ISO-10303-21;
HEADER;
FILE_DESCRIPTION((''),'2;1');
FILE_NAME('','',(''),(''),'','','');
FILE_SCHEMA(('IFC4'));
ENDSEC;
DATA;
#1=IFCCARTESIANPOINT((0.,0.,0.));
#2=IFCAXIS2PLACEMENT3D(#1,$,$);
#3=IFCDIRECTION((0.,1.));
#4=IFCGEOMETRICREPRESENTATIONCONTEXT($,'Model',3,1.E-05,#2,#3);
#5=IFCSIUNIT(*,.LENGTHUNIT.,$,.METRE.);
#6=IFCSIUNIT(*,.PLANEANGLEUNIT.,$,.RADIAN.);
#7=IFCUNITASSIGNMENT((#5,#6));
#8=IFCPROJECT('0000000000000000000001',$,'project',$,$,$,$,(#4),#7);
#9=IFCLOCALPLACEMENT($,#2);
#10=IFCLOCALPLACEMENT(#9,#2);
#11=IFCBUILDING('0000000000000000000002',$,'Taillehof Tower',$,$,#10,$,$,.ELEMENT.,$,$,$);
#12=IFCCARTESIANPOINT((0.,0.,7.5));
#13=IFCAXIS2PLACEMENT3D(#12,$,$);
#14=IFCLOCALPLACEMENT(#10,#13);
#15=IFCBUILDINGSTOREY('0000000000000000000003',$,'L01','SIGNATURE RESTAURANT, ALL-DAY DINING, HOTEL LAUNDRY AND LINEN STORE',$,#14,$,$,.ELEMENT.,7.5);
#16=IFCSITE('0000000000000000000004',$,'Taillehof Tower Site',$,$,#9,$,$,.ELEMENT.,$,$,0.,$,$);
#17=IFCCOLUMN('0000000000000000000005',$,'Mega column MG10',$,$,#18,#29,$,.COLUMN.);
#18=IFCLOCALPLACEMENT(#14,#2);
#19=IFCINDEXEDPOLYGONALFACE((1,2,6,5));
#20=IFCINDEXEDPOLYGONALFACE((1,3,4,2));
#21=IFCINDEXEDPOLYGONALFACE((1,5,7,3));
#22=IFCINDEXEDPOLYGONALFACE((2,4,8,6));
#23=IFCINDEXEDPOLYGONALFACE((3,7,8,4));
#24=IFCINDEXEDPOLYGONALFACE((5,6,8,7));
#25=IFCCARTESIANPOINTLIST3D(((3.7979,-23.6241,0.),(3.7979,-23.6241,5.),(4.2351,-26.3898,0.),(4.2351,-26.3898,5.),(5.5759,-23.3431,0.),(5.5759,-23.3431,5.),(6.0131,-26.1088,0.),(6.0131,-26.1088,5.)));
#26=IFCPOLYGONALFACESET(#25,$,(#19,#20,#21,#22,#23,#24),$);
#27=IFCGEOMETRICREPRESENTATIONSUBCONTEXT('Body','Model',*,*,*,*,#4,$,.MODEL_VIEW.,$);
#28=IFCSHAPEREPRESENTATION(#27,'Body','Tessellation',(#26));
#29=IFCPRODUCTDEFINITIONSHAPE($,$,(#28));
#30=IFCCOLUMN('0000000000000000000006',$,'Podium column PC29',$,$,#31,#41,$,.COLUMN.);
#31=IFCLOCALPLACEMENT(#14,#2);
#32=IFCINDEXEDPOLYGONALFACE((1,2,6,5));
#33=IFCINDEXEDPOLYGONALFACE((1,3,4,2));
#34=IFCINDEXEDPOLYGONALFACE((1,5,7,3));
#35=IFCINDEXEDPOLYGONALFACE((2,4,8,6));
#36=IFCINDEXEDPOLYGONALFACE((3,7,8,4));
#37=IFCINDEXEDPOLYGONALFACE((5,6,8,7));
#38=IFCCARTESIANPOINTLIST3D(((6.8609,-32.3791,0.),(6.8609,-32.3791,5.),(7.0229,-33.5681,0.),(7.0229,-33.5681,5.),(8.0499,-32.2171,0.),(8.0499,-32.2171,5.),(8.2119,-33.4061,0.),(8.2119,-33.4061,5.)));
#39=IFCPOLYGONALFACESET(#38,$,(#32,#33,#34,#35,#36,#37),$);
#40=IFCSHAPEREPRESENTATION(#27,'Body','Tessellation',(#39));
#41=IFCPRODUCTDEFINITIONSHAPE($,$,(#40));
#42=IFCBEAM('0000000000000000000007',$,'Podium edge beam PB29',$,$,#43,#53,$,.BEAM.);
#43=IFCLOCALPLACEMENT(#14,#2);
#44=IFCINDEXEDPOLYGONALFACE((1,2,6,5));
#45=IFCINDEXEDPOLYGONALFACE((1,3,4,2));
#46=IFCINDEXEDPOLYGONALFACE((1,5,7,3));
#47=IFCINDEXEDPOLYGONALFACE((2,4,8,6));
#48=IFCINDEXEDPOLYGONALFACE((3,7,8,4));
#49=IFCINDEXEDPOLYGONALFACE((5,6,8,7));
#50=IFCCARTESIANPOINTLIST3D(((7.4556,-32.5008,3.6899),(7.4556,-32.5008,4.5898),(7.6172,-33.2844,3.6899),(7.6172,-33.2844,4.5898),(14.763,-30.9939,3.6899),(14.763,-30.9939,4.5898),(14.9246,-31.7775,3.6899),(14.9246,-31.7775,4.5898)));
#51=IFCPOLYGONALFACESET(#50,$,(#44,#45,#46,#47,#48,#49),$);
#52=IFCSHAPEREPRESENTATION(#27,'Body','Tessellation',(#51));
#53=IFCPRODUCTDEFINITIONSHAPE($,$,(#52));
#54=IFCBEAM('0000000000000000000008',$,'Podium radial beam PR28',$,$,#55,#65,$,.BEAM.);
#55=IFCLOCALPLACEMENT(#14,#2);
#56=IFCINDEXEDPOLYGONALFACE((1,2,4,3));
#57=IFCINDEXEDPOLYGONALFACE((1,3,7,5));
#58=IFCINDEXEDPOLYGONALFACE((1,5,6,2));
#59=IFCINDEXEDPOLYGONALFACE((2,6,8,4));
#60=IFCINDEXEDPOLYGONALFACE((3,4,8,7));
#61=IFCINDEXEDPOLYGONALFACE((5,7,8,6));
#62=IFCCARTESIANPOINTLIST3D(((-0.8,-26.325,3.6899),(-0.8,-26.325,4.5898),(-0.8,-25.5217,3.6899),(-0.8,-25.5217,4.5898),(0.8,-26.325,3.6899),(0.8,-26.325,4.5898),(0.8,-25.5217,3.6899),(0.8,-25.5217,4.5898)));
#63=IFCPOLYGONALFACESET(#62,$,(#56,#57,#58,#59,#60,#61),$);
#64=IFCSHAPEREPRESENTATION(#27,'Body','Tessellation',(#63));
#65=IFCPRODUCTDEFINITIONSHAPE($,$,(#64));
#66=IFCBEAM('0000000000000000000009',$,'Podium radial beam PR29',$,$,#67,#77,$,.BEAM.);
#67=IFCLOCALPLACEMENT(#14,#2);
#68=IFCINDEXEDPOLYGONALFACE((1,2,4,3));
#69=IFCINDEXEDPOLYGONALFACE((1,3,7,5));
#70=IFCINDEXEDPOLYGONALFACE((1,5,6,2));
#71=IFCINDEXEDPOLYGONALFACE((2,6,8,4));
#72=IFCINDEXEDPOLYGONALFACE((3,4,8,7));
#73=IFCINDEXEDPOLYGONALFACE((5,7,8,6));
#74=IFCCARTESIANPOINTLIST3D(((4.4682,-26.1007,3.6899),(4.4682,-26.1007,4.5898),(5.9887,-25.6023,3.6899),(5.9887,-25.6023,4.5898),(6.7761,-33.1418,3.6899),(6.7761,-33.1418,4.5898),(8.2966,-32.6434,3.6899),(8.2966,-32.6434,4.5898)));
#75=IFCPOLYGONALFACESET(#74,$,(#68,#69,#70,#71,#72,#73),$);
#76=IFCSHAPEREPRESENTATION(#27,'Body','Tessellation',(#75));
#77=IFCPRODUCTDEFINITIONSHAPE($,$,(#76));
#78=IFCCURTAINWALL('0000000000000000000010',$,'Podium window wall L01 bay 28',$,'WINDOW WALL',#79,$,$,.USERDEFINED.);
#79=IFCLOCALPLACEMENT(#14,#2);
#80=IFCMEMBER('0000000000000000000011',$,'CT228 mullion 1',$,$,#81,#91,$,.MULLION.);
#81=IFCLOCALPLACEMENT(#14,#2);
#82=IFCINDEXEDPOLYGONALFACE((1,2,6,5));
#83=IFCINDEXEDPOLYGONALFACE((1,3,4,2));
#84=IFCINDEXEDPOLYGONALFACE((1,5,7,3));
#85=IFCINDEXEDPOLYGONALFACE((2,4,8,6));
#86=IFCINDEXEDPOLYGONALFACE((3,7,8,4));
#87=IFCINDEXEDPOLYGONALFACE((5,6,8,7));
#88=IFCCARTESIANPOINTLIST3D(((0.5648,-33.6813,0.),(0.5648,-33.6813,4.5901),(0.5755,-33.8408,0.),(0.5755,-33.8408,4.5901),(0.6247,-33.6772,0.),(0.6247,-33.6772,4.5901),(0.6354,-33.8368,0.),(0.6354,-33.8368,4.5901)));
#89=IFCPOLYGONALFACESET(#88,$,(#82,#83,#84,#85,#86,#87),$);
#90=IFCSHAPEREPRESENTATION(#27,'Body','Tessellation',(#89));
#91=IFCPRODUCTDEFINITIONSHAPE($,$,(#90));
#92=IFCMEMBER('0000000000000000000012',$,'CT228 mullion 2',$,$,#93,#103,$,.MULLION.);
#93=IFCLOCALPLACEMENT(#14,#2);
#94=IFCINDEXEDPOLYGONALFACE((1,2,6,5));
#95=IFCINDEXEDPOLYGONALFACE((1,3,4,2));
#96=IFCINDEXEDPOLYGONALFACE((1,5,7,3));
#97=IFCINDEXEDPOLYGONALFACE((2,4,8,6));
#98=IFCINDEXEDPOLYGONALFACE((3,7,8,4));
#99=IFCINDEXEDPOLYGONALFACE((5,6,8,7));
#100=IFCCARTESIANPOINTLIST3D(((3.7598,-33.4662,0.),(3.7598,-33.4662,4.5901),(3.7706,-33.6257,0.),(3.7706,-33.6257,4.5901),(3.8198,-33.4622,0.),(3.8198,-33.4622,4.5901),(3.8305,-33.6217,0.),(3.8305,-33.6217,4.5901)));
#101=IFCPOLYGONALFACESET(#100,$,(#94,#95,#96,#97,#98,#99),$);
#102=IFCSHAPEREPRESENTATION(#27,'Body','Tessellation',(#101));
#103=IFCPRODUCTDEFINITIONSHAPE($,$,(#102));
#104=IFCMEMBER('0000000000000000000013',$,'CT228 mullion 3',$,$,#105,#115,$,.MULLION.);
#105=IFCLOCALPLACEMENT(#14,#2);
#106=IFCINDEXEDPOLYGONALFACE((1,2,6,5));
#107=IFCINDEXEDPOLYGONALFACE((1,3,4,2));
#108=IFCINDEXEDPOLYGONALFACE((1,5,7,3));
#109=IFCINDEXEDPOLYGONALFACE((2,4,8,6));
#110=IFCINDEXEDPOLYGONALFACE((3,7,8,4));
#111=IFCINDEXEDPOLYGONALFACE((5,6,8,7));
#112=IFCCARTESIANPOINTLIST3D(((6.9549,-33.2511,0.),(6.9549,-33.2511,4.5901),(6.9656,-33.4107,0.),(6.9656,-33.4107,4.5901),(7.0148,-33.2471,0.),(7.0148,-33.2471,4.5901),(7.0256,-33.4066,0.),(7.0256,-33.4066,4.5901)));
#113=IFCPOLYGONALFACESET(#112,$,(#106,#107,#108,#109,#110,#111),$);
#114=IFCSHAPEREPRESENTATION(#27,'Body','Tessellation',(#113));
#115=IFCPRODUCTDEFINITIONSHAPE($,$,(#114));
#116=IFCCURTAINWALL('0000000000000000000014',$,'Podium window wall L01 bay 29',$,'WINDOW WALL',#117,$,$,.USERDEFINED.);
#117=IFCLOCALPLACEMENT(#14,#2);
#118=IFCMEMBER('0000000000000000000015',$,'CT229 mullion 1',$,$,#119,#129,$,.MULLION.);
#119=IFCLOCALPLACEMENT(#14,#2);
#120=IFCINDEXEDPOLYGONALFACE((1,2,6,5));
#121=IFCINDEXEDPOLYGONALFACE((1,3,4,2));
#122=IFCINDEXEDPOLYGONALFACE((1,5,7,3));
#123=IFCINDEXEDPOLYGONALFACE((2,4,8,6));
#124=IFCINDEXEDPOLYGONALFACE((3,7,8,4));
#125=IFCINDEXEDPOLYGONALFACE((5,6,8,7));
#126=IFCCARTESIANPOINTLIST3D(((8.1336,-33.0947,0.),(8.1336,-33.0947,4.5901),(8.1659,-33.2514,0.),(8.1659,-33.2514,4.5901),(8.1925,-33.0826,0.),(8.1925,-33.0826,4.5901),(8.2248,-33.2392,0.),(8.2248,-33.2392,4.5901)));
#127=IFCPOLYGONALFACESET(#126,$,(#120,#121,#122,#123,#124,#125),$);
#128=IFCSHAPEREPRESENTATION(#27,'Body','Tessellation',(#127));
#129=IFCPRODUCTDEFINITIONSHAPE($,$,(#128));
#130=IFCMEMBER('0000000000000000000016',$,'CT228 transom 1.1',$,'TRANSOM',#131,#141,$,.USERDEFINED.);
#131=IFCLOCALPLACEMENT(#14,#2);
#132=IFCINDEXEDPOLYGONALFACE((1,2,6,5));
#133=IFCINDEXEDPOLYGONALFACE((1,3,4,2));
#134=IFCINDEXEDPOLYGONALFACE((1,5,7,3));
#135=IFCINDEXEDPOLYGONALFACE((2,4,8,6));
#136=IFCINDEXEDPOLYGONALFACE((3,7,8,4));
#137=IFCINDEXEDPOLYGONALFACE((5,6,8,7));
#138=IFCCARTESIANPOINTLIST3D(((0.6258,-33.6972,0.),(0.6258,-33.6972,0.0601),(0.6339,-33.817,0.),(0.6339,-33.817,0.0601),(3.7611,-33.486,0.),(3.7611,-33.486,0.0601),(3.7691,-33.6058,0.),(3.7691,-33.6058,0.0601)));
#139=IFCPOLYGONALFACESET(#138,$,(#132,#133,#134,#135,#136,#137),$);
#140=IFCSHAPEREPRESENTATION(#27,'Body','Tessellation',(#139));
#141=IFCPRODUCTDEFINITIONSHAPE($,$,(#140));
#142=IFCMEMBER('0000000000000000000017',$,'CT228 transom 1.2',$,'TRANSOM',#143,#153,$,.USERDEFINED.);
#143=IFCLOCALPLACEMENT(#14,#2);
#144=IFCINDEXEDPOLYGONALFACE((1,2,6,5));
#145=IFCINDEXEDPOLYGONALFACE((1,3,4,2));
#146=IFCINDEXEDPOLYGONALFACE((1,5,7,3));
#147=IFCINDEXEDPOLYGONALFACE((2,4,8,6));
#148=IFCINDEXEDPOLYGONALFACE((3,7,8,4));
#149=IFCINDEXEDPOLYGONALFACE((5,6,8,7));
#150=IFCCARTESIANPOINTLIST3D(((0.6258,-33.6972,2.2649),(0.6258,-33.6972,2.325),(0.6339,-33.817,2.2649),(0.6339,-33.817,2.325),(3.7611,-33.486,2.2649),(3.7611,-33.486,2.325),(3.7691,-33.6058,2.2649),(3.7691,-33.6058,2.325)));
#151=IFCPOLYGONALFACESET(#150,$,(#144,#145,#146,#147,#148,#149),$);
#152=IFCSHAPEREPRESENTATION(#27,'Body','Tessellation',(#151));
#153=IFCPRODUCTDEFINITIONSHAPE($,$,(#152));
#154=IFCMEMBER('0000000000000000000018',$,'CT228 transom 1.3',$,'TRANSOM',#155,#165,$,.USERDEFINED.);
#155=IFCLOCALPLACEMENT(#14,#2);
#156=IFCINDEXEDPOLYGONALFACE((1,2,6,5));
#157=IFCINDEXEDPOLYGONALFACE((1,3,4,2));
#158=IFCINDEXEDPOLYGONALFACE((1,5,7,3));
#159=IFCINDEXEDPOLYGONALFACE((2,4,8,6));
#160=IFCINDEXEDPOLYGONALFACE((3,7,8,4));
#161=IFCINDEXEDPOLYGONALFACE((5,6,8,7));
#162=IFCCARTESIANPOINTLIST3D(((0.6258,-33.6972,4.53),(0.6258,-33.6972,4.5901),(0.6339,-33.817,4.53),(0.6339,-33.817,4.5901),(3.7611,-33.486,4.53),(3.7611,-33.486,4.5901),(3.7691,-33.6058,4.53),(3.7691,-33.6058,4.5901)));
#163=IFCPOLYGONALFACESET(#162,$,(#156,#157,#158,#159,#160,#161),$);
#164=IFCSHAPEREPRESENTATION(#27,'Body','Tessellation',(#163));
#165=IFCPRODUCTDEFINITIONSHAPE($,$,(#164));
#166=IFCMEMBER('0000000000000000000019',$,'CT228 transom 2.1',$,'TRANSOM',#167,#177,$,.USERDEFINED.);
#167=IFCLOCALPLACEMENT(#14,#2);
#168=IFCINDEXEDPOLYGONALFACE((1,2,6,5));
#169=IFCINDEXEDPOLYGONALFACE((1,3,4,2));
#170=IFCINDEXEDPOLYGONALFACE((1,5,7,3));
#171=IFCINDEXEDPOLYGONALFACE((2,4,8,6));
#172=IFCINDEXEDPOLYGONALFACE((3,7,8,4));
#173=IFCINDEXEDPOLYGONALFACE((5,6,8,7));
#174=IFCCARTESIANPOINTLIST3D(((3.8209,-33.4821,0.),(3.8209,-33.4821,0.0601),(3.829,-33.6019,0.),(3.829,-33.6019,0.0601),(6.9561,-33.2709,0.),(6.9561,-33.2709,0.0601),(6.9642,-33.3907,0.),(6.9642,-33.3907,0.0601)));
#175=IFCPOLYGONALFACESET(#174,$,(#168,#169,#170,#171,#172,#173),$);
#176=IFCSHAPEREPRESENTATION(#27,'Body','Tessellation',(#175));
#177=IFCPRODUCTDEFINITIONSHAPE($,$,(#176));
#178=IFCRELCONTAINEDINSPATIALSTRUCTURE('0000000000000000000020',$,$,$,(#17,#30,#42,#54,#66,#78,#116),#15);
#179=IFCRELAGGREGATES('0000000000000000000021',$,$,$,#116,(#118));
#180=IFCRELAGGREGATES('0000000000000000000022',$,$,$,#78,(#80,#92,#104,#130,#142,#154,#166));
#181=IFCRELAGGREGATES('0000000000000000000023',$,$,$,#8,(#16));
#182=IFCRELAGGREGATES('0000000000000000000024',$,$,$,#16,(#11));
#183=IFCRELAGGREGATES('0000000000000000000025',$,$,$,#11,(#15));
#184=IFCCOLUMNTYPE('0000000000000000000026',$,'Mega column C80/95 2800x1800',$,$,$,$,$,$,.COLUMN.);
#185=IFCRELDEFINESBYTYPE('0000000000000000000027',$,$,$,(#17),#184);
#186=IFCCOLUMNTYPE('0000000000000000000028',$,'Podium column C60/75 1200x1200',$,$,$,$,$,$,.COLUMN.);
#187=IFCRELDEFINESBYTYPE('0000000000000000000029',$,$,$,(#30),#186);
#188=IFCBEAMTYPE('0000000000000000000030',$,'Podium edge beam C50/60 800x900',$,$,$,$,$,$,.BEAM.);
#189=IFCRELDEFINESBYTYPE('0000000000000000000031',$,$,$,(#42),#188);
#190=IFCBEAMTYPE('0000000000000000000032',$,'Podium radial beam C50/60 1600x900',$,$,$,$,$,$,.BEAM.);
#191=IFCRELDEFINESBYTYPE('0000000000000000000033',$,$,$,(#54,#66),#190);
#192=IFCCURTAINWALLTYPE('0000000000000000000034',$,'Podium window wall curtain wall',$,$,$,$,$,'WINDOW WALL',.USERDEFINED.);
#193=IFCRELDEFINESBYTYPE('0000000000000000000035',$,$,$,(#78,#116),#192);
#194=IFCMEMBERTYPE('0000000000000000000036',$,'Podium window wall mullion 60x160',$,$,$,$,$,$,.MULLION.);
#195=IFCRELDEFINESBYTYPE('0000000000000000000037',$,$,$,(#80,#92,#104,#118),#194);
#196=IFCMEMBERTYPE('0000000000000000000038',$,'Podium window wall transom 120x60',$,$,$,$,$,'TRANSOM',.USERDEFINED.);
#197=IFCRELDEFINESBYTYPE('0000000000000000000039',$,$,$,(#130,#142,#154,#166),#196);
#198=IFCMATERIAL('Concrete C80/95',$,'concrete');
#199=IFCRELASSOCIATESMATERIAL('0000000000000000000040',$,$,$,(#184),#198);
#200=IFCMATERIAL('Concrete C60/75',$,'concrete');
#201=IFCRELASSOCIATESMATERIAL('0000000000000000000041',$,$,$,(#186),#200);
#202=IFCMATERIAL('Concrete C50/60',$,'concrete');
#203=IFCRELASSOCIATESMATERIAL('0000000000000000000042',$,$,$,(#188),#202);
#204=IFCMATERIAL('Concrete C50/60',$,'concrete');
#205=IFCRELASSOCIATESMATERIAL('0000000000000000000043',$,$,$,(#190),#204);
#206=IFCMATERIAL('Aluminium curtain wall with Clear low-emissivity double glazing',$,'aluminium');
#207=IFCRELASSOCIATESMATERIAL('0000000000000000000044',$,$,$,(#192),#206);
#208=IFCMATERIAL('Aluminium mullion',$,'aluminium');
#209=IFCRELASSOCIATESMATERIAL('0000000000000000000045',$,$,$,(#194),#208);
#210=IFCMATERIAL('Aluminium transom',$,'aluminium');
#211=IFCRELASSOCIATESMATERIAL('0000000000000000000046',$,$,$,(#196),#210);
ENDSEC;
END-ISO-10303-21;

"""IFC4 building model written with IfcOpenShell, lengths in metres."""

from ifc_helpers import new_model, si_unit, direction, frame, origin, origin_2d, place, context, subcontext, project, spatial, rectangle, extrude, material, material_profile, profile_set, type_object, element, aggregate, save


model = new_model("IFC4")

# Units and contexts
model_context = context("Model", 3, precision=1e-05, world=origin(), true_north=direction((0.0, 1.0)))
body_context = subcontext(model_context, "Body", "Model", "MODEL_VIEW")
ifc_project = project(units=[si_unit("LENGTHUNIT", "METRE"), si_unit("PLANEANGLEUNIT", "RADIAN")], contexts=[model_context])

# Site, building, storey
site_placement = place(None, origin())
site = spatial("IfcSite", under=ifc_project, at=site_placement, Name="Taillehof Tower Site", CompositionType="ELEMENT", RefElevation=0.0)
building_placement = place(site_placement, origin())
building = spatial("IfcBuilding", under=site, at=building_placement, Name="Taillehof Tower", CompositionType="ELEMENT")
storey_placement = place(building_placement, frame((0.0, 0.0, 7.5)))
storey = spatial("IfcBuildingStorey", under=building, at=storey_placement, Name="L01", Description="SIGNATURE RESTAURANT, ALL-DAY DINING, HOTEL LAUNDRY AND LINEN STORE", CompositionType="ELEMENT", Elevation=7.5)

# Columns
ifc_material_1 = material(Name="Concrete C80/95", Category="concrete")
ifc_material_profile_1 = material_profile(ifc_material_1, rectangle(XDim=2.8, YDim=1.8, at=origin_2d()), Name="RC 2800x1800")
ifc_profile_set_1 = profile_set([ifc_material_profile_1], Name="Concrete C80/95")
column_type_1 = type_object("IfcColumnType", Name="Mega column C80/95 2800x1800", PredefinedType="COLUMN", material=ifc_profile_set_1)
column_1_placement = place(storey_placement, frame((4.9055, -24.8665, 0.0), z_axis=(0.0, 0.0, 1.0), x_axis=(0.156147, -0.987734, 0.0)))
element("IfcColumn", 1, at=column_1_placement, inside=storey, type_object=column_type_1, Name="Mega column MG10", PredefinedType="COLUMN", context=body_context, shape_type="SweptSolid", body=[
    extrude(rectangle(XDim=2.8, YDim=1.8, at=origin_2d()), origin(), (0.0, 0.0, 1.0), 5.0),
])
ifc_material_2 = material(Name="Concrete C60/75", Category="concrete")
ifc_material_profile_2 = material_profile(ifc_material_2, rectangle(XDim=1.2, YDim=1.2, at=origin_2d()), Name="RC 1200x1200")
ifc_profile_set_2 = profile_set([ifc_material_profile_2], Name="Concrete C60/75")
column_type_2 = type_object("IfcColumnType", Name="Podium column C60/75 1200x1200", PredefinedType="COLUMN", material=ifc_profile_set_2)
column_2_placement = place(storey_placement, frame((7.5364, -32.8926, 0.0), z_axis=(0.0, 0.0, 1.0), x_axis=(0.135005, -0.990845, 0.0)))
element("IfcColumn", 2, at=column_2_placement, inside=storey, type_object=column_type_2, Name="Podium column PC29", PredefinedType="COLUMN", context=body_context, shape_type="SweptSolid", body=[
    extrude(rectangle(XDim=1.2, YDim=1.2, at=origin_2d()), origin(), (0.0, 0.0, 1.0), 5.0),
])

# Beams
ifc_material_3 = material(Name="Concrete C50/60", Category="concrete")
ifc_material_profile_3 = material_profile(ifc_material_3, rectangle(XDim=0.8, YDim=0.8999, at=origin_2d()), Name="RC 800x900")
ifc_profile_set_3 = profile_set([ifc_material_profile_3], Name="Concrete C50/60")
beam_type_1 = type_object("IfcBeamType", Name="Podium edge beam C50/60 800x900", PredefinedType="BEAM", material=ifc_profile_set_3)
beam_1_placement = place(storey_placement, frame((7.5364, -32.8926, 4.1399), z_axis=(0.979394, 0.201959, 0.0), x_axis=(-0.201959, 0.979394, 0.0)))
element("IfcBeam", 3, at=beam_1_placement, inside=storey, type_object=beam_type_1, Name="Podium edge beam PB29", PredefinedType="BEAM", context=body_context, shape_type="SweptSolid", body=[
    extrude(rectangle(XDim=0.8, YDim=0.8999, at=origin_2d()), origin(), (0.0, 0.0, 1.0), 7.4612),
])
ifc_material_4 = material(Name="Concrete C50/60", Category="concrete")
ifc_material_profile_4 = material_profile(ifc_material_4, rectangle(XDim=1.6001, YDim=0.8999, at=origin_2d()), Name="RC 1600x900")
ifc_profile_set_4 = profile_set([ifc_material_profile_4], Name="Concrete C50/60")
beam_type_2 = type_object("IfcBeamType", Name="Podium radial beam C50/60 1600x900", PredefinedType="BEAM", material=ifc_profile_set_4)
beam_2_placement = place(storey_placement, frame((0.0, -26.325, 4.1399), z_axis=(0.0, 1.0, 0.0), x_axis=(-1.0, 0.0, 0.0)))
element("IfcBeam", 4, at=beam_2_placement, inside=storey, type_object=beam_type_2, Name="Podium radial beam PR28", PredefinedType="BEAM", context=body_context, shape_type="SweptSolid", body=[
    extrude(rectangle(XDim=1.6001, YDim=0.8999, at=origin_2d()), origin(), (0.0, 0.0, 1.0), 0.8032),
])
beam_3_placement = place(storey_placement, frame((7.5364, -32.8926, 4.1399), z_axis=(-0.311469, 0.950256, 0.0), x_axis=(-0.950256, -0.311469, 0.0)))
element("IfcBeam", 5, at=beam_3_placement, inside=storey, type_object=beam_type_2, Name="Podium radial beam PR29", PredefinedType="BEAM", context=body_context, shape_type="SweptSolid", body=[
    extrude(rectangle(XDim=1.6001, YDim=0.8999, at=origin_2d()), origin(), (0.0, 0.0, 1.0), 7.4097),
])

# Curtain wall, members
ifc_material_5 = material(Name="Aluminium curtain wall with Clear low-emissivity double glazing", Category="aluminium")
curtain_wall_type = type_object("IfcCurtainWallType", Name="Podium window wall curtain wall", ElementType="WINDOW WALL", PredefinedType="USERDEFINED", material=ifc_material_5)
curtain_wall_1_placement = place(storey_placement, origin())
curtain_wall_1 = element("IfcCurtainWall", 6, at=curtain_wall_1_placement, inside=storey, type_object=curtain_wall_type, Name="Podium window wall L01 bay 28", ObjectType="WINDOW WALL", PredefinedType="USERDEFINED")
ifc_material_6 = material(Name="Aluminium mullion", Category="aluminium")
ifc_material_profile_5 = material_profile(ifc_material_6, rectangle(XDim=0.1599, YDim=0.0601, at=origin_2d()), Name="AL 60x160")
ifc_profile_set_5 = profile_set([ifc_material_profile_5], Name="Aluminium mullion")
member_type_1 = type_object("IfcMemberType", Name="Podium window wall mullion 60x160", PredefinedType="MULLION", material=ifc_profile_set_5)
member_1_placement = place(storey_placement, frame((0.6001, -33.759, 0.0), z_axis=(0.0, 0.0, 1.0), x_axis=(-0.067183, 0.997741, 0.0)))
member_1 = element("IfcMember", 7, at=member_1_placement, type_object=member_type_1, Name="CT228 mullion 1", PredefinedType="MULLION", context=body_context, shape_type="SweptSolid", body=[
    extrude(rectangle(XDim=0.1599, YDim=0.0601, at=origin_2d()), origin(), (0.0, 0.0, 1.0), 4.5901),
])
member_2_placement = place(storey_placement, frame((3.7952, -33.5439, 0.0), z_axis=(0.0, 0.0, 1.0), x_axis=(-0.067183, 0.997741, 0.0)))
member_2 = element("IfcMember", 8, at=member_2_placement, type_object=member_type_1, Name="CT228 mullion 2", PredefinedType="MULLION", context=body_context, shape_type="SweptSolid", body=[
    extrude(rectangle(XDim=0.1599, YDim=0.0601, at=origin_2d()), origin(), (0.0, 0.0, 1.0), 4.5901),
])
member_3_placement = place(storey_placement, frame((6.9902, -33.3289, 0.0), z_axis=(0.0, 0.0, 1.0), x_axis=(-0.067183, 0.997741, 0.0)))
member_3 = element("IfcMember", 9, at=member_3_placement, type_object=member_type_1, Name="CT228 mullion 3", PredefinedType="MULLION", context=body_context, shape_type="SweptSolid", body=[
    extrude(rectangle(XDim=0.1599, YDim=0.0601, at=origin_2d()), origin(), (0.0, 0.0, 1.0), 4.5901),
])

# Curtain wall, member
curtain_wall_2_placement = place(storey_placement, origin())
curtain_wall_2 = element("IfcCurtainWall", 10, at=curtain_wall_2_placement, inside=storey, type_object=curtain_wall_type, Name="Podium window wall L01 bay 29", ObjectType="WINDOW WALL", PredefinedType="USERDEFINED")
member_4_placement = place(storey_placement, frame((8.1792, -33.167, 0.0), z_axis=(0.0, 0.0, 1.0), x_axis=(-0.201976, 0.97939, 0.0)))
member_4 = element("IfcMember", 11, at=member_4_placement, type_object=member_type_1, Name="CT229 mullion 1", PredefinedType="MULLION", context=body_context, shape_type="SweptSolid", body=[
    extrude(rectangle(XDim=0.1599, YDim=0.0601, at=origin_2d()), origin(), (0.0, 0.0, 1.0), 4.5901),
])

# Members
ifc_material_7 = material(Name="Aluminium transom", Category="aluminium")
ifc_material_profile_6 = material_profile(ifc_material_7, rectangle(XDim=0.1201, YDim=0.0601, at=origin_2d()), Name="AL 120x60")
ifc_profile_set_6 = profile_set([ifc_material_profile_6], Name="Aluminium transom")
member_type_2 = type_object("IfcMemberType", Name="Podium window wall transom 120x60", ElementType="TRANSOM", PredefinedType="USERDEFINED", material=ifc_profile_set_6)
member_5_placement = place(storey_placement, frame((0.6299, -33.7571, 0.03), z_axis=(0.997739, 0.067205, 0.0), x_axis=(-0.067205, 0.997739, 0.0)))
member_5 = element("IfcMember", 12, at=member_5_placement, type_object=member_type_2, Name="CT228 transom 1.1", ObjectType="TRANSOM", PredefinedType="USERDEFINED", context=body_context, shape_type="SweptSolid", body=[
    extrude(rectangle(XDim=0.1201, YDim=0.0601, at=origin_2d()), origin(), (0.0, 0.0, 1.0), 3.1423),
])
member_6_placement = place(storey_placement, frame((0.6299, -33.7571, 2.2949), z_axis=(0.997739, 0.067205, 0.0), x_axis=(-0.067205, 0.997739, 0.0)))
member_6 = element("IfcMember", 13, at=member_6_placement, type_object=member_type_2, Name="CT228 transom 1.2", ObjectType="TRANSOM", PredefinedType="USERDEFINED", context=body_context, shape_type="SweptSolid", body=[
    extrude(rectangle(XDim=0.1201, YDim=0.0601, at=origin_2d()), origin(), (0.0, 0.0, 1.0), 3.1423),
])
member_7_placement = place(storey_placement, frame((0.6299, -33.7571, 4.5601), z_axis=(0.997739, 0.067205, 0.0), x_axis=(-0.067205, 0.997739, 0.0)))
member_7 = element("IfcMember", 14, at=member_7_placement, type_object=member_type_2, Name="CT228 transom 1.3", ObjectType="TRANSOM", PredefinedType="USERDEFINED", context=body_context, shape_type="SweptSolid", body=[
    extrude(rectangle(XDim=0.1201, YDim=0.0601, at=origin_2d()), origin(), (0.0, 0.0, 1.0), 3.1423),
])
member_8_placement = place(storey_placement, frame((3.825, -33.542, 0.03), z_axis=(0.997739, 0.067205, 0.0), x_axis=(-0.067205, 0.997739, 0.0)))
member_8 = element("IfcMember", 15, at=member_8_placement, type_object=member_type_2, Name="CT228 transom 2.1", ObjectType="TRANSOM", PredefinedType="USERDEFINED", context=body_context, shape_type="SweptSolid", body=[
    extrude(rectangle(XDim=0.1201, YDim=0.0601, at=origin_2d()), origin(), (0.0, 0.0, 1.0), 3.1423),
])
aggregate(curtain_wall_2, [member_4])

aggregate(curtain_wall_1, [member_1, member_2, member_3, member_5, member_6, member_7, member_8])

save(model, "model.ifc")
